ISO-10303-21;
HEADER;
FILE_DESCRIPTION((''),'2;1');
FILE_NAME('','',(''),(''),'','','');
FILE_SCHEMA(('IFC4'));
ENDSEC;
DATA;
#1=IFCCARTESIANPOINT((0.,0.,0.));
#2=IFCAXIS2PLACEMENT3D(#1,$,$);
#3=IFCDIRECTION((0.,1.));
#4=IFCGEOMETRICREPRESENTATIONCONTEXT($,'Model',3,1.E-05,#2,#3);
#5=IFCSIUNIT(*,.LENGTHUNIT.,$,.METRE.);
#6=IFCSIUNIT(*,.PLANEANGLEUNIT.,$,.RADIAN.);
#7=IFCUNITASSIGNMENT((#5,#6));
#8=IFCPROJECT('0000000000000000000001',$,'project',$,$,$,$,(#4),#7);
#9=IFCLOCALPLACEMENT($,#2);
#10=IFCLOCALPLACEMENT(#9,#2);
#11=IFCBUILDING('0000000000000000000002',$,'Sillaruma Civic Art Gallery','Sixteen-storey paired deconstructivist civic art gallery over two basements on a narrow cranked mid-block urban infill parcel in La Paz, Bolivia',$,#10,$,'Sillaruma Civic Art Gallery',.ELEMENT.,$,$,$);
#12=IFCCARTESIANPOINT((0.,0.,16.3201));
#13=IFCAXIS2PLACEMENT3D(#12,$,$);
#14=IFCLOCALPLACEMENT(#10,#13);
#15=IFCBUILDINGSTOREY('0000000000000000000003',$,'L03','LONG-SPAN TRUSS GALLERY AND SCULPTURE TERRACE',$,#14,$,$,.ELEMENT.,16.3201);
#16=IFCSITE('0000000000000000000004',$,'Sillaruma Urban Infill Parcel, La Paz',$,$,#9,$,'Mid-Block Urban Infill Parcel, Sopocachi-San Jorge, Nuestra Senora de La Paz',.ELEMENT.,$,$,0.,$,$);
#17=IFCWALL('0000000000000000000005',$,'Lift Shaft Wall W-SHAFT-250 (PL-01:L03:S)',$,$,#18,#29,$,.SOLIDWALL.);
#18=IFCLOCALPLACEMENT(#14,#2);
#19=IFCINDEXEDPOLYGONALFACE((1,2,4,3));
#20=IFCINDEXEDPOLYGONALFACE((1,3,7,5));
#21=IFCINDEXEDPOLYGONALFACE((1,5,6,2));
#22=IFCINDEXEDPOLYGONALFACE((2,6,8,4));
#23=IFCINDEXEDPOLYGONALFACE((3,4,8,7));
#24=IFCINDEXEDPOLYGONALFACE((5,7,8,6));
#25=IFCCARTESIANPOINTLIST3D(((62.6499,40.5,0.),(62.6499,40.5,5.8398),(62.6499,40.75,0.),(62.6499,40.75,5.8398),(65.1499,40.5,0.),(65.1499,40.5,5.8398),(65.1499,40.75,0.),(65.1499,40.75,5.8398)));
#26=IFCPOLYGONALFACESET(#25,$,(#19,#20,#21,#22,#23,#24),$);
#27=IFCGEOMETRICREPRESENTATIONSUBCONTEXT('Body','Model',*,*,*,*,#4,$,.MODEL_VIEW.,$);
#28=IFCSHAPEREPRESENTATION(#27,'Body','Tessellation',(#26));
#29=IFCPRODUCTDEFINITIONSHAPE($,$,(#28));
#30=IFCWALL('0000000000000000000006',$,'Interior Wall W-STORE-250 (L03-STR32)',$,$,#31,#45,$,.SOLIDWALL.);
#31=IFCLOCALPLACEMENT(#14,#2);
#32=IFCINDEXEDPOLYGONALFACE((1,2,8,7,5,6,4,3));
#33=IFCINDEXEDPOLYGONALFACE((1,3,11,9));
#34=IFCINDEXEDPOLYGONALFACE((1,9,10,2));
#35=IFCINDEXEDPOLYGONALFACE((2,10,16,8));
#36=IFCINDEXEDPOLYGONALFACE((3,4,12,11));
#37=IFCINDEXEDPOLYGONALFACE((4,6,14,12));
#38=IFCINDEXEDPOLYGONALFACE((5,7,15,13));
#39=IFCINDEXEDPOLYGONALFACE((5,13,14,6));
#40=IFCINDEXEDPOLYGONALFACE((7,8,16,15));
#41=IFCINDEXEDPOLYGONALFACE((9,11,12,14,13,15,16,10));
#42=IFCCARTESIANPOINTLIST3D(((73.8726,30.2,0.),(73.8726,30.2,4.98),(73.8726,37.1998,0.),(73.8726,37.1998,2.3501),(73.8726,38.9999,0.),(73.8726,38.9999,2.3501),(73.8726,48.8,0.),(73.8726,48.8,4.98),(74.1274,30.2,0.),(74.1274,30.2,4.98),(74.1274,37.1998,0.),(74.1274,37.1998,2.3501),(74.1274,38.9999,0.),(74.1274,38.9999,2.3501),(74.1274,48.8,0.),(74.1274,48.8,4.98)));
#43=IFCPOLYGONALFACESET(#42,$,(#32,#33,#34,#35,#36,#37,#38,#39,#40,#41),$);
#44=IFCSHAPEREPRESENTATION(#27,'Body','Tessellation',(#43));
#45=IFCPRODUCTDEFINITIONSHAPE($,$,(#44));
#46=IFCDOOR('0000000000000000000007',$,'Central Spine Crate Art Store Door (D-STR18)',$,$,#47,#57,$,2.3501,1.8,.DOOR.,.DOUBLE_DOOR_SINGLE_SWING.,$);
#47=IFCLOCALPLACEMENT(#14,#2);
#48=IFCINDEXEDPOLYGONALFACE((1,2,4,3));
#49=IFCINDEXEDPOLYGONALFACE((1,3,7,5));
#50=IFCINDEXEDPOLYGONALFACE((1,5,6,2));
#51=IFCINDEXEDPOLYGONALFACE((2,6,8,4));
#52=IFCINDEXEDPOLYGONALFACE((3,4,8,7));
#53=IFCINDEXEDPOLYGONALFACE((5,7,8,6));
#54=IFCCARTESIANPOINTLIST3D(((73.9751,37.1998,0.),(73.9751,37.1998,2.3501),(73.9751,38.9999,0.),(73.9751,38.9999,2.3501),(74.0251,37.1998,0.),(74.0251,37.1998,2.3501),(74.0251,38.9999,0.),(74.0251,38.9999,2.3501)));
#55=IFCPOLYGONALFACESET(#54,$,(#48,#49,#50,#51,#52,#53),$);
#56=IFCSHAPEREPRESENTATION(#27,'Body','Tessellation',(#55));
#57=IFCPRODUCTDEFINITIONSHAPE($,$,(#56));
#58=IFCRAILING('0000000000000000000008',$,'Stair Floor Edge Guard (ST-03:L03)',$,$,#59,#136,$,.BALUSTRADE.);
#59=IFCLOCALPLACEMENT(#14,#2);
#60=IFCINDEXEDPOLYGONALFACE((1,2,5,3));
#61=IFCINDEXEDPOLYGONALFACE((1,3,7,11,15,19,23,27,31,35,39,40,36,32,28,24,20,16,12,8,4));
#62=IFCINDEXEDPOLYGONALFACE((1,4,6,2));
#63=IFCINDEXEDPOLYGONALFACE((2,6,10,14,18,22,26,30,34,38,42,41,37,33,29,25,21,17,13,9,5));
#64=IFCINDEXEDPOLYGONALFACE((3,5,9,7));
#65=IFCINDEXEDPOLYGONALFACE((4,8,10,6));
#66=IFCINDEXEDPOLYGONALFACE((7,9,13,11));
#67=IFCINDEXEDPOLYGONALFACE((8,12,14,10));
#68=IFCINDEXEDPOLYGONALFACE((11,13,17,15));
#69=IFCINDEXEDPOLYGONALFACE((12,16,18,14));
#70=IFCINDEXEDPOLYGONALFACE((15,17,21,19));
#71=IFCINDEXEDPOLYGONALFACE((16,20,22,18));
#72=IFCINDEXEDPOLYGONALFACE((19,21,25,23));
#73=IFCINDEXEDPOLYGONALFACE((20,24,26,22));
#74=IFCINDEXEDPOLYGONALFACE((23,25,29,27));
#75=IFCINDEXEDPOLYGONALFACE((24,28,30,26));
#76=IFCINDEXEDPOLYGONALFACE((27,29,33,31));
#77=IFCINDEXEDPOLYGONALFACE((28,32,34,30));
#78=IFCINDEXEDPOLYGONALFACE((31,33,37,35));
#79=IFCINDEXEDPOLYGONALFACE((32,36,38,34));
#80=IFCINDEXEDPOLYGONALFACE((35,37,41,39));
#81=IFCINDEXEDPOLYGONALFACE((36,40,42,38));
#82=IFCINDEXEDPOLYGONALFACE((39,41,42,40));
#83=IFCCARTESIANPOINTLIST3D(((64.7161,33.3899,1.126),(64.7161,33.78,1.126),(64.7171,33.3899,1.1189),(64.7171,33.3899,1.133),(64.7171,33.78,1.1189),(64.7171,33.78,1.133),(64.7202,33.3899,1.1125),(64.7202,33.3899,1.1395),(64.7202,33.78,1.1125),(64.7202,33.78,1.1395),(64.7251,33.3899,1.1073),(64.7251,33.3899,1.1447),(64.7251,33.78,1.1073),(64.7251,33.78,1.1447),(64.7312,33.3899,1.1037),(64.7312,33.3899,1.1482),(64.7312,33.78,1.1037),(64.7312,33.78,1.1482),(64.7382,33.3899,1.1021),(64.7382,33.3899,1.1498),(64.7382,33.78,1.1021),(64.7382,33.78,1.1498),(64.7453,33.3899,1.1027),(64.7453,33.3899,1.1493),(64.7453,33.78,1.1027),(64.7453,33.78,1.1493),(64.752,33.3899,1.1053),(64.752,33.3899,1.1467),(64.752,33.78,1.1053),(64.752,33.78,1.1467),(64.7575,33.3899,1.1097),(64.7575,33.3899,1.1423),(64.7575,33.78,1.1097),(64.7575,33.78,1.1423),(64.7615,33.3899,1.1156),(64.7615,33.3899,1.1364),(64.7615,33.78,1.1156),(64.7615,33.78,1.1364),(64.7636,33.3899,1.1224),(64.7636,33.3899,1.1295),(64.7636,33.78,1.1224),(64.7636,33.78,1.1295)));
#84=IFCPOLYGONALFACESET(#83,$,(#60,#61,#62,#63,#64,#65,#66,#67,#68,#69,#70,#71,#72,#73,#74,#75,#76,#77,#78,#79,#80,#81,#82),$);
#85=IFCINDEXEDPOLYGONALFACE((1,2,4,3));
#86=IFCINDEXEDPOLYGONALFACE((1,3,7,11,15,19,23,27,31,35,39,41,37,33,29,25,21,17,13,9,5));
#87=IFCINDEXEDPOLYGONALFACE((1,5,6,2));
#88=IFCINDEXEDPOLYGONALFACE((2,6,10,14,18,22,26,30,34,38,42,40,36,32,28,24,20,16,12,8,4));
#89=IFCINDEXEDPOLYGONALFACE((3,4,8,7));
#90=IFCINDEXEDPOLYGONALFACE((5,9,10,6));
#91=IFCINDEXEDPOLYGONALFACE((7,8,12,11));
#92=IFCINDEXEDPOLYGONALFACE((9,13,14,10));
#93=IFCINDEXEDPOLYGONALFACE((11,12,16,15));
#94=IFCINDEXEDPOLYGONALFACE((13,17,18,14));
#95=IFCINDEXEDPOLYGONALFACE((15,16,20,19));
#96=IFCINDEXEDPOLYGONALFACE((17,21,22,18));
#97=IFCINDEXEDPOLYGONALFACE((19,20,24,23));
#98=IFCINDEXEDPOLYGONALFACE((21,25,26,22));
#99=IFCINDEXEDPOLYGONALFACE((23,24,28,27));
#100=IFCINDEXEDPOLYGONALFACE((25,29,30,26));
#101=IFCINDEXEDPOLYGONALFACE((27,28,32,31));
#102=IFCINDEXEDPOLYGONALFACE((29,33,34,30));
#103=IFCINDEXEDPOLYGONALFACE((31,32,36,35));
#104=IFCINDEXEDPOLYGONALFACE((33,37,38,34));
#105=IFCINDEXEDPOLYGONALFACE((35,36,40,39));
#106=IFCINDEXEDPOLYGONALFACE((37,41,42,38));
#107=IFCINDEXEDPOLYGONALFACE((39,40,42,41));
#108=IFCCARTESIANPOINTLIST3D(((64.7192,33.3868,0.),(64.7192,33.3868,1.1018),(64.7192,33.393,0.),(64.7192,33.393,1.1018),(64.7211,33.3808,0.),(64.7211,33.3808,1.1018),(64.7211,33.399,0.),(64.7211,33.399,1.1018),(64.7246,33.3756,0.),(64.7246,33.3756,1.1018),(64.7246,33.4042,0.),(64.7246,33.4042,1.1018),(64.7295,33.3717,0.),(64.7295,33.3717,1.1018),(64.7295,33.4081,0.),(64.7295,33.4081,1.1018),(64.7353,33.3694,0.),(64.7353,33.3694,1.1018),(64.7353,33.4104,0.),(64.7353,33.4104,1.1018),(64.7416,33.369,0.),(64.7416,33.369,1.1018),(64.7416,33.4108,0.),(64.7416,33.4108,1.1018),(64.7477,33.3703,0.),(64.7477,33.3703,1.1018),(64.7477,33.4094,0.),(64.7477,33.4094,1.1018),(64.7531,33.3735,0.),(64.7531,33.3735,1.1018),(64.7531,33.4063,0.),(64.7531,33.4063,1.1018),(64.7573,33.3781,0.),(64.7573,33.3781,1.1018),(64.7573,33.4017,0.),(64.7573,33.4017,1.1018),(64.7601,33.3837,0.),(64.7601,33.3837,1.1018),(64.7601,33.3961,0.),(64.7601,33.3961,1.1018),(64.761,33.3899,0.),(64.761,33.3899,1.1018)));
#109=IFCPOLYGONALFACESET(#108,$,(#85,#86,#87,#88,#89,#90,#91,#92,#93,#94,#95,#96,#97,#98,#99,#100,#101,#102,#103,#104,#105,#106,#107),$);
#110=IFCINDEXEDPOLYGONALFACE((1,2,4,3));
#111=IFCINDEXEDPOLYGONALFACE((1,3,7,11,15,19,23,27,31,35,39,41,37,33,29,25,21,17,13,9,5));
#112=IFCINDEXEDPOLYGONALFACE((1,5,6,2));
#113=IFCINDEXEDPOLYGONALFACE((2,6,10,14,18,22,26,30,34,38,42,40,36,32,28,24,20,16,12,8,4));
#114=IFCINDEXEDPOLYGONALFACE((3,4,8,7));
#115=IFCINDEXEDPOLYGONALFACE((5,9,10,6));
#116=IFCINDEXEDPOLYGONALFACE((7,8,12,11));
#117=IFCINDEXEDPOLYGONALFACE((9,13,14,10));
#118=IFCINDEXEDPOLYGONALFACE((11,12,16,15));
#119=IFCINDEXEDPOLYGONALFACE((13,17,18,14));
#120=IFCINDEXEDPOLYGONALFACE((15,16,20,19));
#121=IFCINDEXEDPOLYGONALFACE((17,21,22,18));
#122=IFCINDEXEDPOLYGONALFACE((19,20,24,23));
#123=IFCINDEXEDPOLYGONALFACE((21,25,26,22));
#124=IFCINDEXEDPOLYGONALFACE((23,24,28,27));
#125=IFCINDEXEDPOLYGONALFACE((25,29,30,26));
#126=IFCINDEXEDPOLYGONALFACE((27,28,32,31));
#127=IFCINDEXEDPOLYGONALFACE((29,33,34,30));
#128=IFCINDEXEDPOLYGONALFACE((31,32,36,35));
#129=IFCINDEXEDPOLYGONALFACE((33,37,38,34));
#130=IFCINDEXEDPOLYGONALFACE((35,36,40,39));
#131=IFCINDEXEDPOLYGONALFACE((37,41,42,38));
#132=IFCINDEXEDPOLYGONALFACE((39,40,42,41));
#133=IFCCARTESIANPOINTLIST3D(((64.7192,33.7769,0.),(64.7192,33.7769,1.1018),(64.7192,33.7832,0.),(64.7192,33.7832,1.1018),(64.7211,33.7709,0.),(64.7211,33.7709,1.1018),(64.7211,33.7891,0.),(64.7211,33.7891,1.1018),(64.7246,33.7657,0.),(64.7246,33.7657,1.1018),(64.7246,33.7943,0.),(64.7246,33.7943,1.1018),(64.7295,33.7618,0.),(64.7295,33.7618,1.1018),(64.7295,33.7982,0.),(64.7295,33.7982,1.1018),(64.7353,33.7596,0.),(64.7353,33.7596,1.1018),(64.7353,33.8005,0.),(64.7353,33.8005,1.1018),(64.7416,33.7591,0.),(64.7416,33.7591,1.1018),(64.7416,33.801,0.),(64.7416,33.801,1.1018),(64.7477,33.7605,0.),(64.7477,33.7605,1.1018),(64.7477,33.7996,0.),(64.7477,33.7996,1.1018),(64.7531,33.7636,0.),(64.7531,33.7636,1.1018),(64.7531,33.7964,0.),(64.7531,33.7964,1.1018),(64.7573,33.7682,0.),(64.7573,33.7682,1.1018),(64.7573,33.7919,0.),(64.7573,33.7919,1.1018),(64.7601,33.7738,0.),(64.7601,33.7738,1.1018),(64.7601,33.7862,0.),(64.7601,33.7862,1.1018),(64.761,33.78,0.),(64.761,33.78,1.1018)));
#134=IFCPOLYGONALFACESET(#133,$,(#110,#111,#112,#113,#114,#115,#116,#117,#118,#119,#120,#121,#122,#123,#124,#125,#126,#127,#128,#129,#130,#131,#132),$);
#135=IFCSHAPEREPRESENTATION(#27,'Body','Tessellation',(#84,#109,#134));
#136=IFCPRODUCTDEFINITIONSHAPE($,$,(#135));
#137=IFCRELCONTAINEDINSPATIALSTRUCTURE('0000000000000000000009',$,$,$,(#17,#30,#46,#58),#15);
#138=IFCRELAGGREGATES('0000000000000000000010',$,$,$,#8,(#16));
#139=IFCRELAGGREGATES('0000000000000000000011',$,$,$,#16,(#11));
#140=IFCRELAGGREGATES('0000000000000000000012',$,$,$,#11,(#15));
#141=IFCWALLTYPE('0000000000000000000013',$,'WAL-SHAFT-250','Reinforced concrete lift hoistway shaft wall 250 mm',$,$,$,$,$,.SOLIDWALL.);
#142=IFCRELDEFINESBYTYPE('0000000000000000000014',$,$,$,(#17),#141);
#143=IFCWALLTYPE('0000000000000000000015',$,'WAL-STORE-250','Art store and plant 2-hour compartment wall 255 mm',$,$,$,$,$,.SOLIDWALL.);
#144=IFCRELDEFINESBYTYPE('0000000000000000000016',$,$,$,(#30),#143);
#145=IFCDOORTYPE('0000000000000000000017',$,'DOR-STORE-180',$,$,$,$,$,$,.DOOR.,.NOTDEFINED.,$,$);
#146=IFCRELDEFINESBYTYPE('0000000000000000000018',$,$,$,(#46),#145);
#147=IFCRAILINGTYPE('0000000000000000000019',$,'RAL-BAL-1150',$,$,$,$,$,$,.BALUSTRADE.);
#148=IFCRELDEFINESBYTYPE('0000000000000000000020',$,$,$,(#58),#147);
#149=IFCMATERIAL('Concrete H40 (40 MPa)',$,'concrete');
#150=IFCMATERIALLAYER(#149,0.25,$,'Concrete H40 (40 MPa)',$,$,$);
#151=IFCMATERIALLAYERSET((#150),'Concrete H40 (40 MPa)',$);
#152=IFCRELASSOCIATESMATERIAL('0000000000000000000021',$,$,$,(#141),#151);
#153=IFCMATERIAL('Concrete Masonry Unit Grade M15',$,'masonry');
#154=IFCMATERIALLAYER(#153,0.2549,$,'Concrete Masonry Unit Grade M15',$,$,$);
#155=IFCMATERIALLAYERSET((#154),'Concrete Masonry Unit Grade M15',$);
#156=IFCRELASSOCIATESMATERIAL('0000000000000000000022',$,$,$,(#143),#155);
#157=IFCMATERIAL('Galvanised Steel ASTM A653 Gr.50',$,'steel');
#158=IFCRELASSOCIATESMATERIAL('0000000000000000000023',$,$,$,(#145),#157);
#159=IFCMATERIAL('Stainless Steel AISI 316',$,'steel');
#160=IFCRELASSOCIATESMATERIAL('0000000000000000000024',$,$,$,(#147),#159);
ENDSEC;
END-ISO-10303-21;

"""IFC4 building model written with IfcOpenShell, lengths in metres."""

from ifc_helpers import new_model, si_unit, direction, frame, frame_2d, origin, origin_2d, place, context, subcontext, project, spatial, rectangle, circle, extrude, material, layer, layer_set, type_object, element, fill, save


model = new_model("IFC4")

# Units and contexts
model_context = context("Model", 3, precision=1e-05, world=origin(), true_north=direction((0.0, 1.0)))
body_context = subcontext(model_context, "Body", "Model", "MODEL_VIEW")
ifc_project = project(units=[si_unit("LENGTHUNIT", "METRE"), si_unit("PLANEANGLEUNIT", "RADIAN")], contexts=[model_context])

# Site, building, storey
site_placement = place(None, origin())
site = spatial("IfcSite", under=ifc_project, at=site_placement, Name="Sillaruma Urban Infill Parcel, La Paz", LongName="Mid-Block Urban Infill Parcel, Sopocachi-San Jorge, Nuestra Senora de La Paz", CompositionType="ELEMENT", RefElevation=0.0)
building_placement = place(site_placement, origin())
building = spatial("IfcBuilding", under=site, at=building_placement, Name="Sillaruma Civic Art Gallery", Description="Sixteen-storey paired deconstructivist civic art gallery over two basements on a narrow cranked mid-block urban infill parcel in La Paz, Bolivia", LongName="Sillaruma Civic Art Gallery", CompositionType="ELEMENT")
storey_placement = place(building_placement, frame((0.0, 0.0, 16.3201)))
storey = spatial("IfcBuildingStorey", under=building, at=storey_placement, Name="L03", Description="LONG-SPAN TRUSS GALLERY AND SCULPTURE TERRACE", CompositionType="ELEMENT", Elevation=16.3201)

# Shared definitions
ifc_material_1 = material(Name="Concrete H40 (40 MPa)", Category="concrete")

# Shared definitions
ifc_material_2 = material(Name="Galvanised Steel ASTM A653 Gr.50", Category="steel")

# Shared definitions
ifc_material_3 = material(Name="Concrete Masonry Unit Grade M15", Category="masonry")

# Wall
ifc_layer_1 = layer(ifc_material_1, 0.25, Name="Concrete H40 (40 MPa)")
ifc_layer_set_1 = layer_set([ifc_layer_1], Name="Concrete H40 (40 MPa)")
wall_type_1 = type_object("IfcWallType", Name="WAL-SHAFT-250", Description="Reinforced concrete lift hoistway shaft wall 250 mm", PredefinedType="SOLIDWALL", material=ifc_layer_set_1)
wall_1_placement = place(storey_placement, frame((62.6499, 40.625, 0.0), z_axis=(0.0, 0.0, 1.0), x_axis=(1.0, 0.0, 0.0)))
element("IfcWall", 1, at=wall_1_placement, inside=storey, type_object=wall_type_1, Name="Lift Shaft Wall W-SHAFT-250 (PL-01:L03:S)", PredefinedType="SOLIDWALL", context=body_context, shape_type="SweptSolid", body=[
    extrude(rectangle(XDim=2.5, YDim=0.25, at=frame_2d((1.25, 0.0))), origin(), (0.0, 0.0, 1.0), 5.8398),
])

# Wall, opening, door
ifc_layer_2 = layer(ifc_material_3, 0.2549, Name="Concrete Masonry Unit Grade M15")
ifc_layer_set_2 = layer_set([ifc_layer_2], Name="Concrete Masonry Unit Grade M15")
wall_type_2 = type_object("IfcWallType", Name="WAL-STORE-250", Description="Art store and plant 2-hour compartment wall 255 mm", PredefinedType="SOLIDWALL", material=ifc_layer_set_2)
wall_2_placement = place(storey_placement, frame((74.0, 30.2, 0.0), z_axis=(0.0, 0.0, 1.0), x_axis=(0.0, 1.0, 0.0)))
wall_2 = element("IfcWall", 2, at=wall_2_placement, inside=storey, type_object=wall_type_2, Name="Interior Wall W-STORE-250 (L03-STR32)", PredefinedType="SOLIDWALL", context=body_context, shape_type="SweptSolid", body=[
    extrude(rectangle(XDim=18.6001, YDim=0.2549, at=frame_2d((9.3, 0.0))), origin(), (0.0, 0.0, 1.0), 4.98),
])
opening_1_placement = place(wall_2_placement, frame((7.0, 0.0, 0.0)))
opening_1 = element("IfcOpeningElement", 3, at=opening_1_placement, cuts=wall_2, PredefinedType="OPENING", context=body_context, shape_type="SweptSolid", body=[
    extrude(rectangle(XDim=1.8, YDim=2.3501, at=frame_2d((0.8999, 1.175))), frame((0.0, 0.1375, 0.0), z_axis=(0.0, -1.0, 0.0), x_axis=(1.0, 0.0, 0.0)), (0.0, 0.0, 1.0), 0.2749),
])
door_type_1 = type_object("IfcDoorType", Name="DOR-STORE-180", OperationType="NOTDEFINED", PredefinedType="DOOR", material=ifc_material_2)
door_1_placement = place(opening_1_placement, origin())
door_1 = element("IfcDoor", 4, at=door_1_placement, inside=storey, type_object=door_type_1, Name="Central Spine Crate Art Store Door (D-STR18)", OperationType="DOUBLE_DOOR_SINGLE_SWING", OverallHeight=2.3501, OverallWidth=1.8, PredefinedType="DOOR", context=body_context, shape_type="SweptSolid", body=[
    extrude(rectangle(XDim=1.8, YDim=2.3501, at=frame_2d((0.8999, 1.175))), frame((0.0, 0.0249, 0.0), z_axis=(0.0, -1.0, 0.0), x_axis=(1.0, 0.0, 0.0)), (0.0, 0.0, 1.0), 0.05),
])
fill(opening_1, door_1)

# Railing
ifc_material_4 = material(Name="Stainless Steel AISI 316", Category="steel")
railing_type_1 = type_object("IfcRailingType", Name="RAL-BAL-1150", PredefinedType="BALUSTRADE", material=ifc_material_4)
railing_1_placement = place(storey_placement, frame((64.74, 33.3899, 0.0)))
element("IfcRailing", 5, at=railing_1_placement, inside=storey, type_object=railing_type_1, Name="Stair Floor Edge Guard (ST-03:L03)", PredefinedType="BALUSTRADE", context=body_context, shape_type="SweptSolid", body=[
    extrude(circle(Radius=0.0239, at=origin_2d()), frame((0.0, 0.0, 1.126), z_axis=(0.0, 1.0, 0.0), x_axis=(-1.0, 0.0, 0.0)), (0.0, 0.0, 1.0), 0.3901),
    extrude(circle(Radius=0.021, at=origin_2d()), origin(), (0.0, 0.0, 1.0), 1.1018),
    extrude(circle(Radius=0.021, at=origin_2d()), frame((0.0, 0.3901, 0.0)), (0.0, 0.0, 1.0), 1.1018),
])

save(model, "model.ifc")
